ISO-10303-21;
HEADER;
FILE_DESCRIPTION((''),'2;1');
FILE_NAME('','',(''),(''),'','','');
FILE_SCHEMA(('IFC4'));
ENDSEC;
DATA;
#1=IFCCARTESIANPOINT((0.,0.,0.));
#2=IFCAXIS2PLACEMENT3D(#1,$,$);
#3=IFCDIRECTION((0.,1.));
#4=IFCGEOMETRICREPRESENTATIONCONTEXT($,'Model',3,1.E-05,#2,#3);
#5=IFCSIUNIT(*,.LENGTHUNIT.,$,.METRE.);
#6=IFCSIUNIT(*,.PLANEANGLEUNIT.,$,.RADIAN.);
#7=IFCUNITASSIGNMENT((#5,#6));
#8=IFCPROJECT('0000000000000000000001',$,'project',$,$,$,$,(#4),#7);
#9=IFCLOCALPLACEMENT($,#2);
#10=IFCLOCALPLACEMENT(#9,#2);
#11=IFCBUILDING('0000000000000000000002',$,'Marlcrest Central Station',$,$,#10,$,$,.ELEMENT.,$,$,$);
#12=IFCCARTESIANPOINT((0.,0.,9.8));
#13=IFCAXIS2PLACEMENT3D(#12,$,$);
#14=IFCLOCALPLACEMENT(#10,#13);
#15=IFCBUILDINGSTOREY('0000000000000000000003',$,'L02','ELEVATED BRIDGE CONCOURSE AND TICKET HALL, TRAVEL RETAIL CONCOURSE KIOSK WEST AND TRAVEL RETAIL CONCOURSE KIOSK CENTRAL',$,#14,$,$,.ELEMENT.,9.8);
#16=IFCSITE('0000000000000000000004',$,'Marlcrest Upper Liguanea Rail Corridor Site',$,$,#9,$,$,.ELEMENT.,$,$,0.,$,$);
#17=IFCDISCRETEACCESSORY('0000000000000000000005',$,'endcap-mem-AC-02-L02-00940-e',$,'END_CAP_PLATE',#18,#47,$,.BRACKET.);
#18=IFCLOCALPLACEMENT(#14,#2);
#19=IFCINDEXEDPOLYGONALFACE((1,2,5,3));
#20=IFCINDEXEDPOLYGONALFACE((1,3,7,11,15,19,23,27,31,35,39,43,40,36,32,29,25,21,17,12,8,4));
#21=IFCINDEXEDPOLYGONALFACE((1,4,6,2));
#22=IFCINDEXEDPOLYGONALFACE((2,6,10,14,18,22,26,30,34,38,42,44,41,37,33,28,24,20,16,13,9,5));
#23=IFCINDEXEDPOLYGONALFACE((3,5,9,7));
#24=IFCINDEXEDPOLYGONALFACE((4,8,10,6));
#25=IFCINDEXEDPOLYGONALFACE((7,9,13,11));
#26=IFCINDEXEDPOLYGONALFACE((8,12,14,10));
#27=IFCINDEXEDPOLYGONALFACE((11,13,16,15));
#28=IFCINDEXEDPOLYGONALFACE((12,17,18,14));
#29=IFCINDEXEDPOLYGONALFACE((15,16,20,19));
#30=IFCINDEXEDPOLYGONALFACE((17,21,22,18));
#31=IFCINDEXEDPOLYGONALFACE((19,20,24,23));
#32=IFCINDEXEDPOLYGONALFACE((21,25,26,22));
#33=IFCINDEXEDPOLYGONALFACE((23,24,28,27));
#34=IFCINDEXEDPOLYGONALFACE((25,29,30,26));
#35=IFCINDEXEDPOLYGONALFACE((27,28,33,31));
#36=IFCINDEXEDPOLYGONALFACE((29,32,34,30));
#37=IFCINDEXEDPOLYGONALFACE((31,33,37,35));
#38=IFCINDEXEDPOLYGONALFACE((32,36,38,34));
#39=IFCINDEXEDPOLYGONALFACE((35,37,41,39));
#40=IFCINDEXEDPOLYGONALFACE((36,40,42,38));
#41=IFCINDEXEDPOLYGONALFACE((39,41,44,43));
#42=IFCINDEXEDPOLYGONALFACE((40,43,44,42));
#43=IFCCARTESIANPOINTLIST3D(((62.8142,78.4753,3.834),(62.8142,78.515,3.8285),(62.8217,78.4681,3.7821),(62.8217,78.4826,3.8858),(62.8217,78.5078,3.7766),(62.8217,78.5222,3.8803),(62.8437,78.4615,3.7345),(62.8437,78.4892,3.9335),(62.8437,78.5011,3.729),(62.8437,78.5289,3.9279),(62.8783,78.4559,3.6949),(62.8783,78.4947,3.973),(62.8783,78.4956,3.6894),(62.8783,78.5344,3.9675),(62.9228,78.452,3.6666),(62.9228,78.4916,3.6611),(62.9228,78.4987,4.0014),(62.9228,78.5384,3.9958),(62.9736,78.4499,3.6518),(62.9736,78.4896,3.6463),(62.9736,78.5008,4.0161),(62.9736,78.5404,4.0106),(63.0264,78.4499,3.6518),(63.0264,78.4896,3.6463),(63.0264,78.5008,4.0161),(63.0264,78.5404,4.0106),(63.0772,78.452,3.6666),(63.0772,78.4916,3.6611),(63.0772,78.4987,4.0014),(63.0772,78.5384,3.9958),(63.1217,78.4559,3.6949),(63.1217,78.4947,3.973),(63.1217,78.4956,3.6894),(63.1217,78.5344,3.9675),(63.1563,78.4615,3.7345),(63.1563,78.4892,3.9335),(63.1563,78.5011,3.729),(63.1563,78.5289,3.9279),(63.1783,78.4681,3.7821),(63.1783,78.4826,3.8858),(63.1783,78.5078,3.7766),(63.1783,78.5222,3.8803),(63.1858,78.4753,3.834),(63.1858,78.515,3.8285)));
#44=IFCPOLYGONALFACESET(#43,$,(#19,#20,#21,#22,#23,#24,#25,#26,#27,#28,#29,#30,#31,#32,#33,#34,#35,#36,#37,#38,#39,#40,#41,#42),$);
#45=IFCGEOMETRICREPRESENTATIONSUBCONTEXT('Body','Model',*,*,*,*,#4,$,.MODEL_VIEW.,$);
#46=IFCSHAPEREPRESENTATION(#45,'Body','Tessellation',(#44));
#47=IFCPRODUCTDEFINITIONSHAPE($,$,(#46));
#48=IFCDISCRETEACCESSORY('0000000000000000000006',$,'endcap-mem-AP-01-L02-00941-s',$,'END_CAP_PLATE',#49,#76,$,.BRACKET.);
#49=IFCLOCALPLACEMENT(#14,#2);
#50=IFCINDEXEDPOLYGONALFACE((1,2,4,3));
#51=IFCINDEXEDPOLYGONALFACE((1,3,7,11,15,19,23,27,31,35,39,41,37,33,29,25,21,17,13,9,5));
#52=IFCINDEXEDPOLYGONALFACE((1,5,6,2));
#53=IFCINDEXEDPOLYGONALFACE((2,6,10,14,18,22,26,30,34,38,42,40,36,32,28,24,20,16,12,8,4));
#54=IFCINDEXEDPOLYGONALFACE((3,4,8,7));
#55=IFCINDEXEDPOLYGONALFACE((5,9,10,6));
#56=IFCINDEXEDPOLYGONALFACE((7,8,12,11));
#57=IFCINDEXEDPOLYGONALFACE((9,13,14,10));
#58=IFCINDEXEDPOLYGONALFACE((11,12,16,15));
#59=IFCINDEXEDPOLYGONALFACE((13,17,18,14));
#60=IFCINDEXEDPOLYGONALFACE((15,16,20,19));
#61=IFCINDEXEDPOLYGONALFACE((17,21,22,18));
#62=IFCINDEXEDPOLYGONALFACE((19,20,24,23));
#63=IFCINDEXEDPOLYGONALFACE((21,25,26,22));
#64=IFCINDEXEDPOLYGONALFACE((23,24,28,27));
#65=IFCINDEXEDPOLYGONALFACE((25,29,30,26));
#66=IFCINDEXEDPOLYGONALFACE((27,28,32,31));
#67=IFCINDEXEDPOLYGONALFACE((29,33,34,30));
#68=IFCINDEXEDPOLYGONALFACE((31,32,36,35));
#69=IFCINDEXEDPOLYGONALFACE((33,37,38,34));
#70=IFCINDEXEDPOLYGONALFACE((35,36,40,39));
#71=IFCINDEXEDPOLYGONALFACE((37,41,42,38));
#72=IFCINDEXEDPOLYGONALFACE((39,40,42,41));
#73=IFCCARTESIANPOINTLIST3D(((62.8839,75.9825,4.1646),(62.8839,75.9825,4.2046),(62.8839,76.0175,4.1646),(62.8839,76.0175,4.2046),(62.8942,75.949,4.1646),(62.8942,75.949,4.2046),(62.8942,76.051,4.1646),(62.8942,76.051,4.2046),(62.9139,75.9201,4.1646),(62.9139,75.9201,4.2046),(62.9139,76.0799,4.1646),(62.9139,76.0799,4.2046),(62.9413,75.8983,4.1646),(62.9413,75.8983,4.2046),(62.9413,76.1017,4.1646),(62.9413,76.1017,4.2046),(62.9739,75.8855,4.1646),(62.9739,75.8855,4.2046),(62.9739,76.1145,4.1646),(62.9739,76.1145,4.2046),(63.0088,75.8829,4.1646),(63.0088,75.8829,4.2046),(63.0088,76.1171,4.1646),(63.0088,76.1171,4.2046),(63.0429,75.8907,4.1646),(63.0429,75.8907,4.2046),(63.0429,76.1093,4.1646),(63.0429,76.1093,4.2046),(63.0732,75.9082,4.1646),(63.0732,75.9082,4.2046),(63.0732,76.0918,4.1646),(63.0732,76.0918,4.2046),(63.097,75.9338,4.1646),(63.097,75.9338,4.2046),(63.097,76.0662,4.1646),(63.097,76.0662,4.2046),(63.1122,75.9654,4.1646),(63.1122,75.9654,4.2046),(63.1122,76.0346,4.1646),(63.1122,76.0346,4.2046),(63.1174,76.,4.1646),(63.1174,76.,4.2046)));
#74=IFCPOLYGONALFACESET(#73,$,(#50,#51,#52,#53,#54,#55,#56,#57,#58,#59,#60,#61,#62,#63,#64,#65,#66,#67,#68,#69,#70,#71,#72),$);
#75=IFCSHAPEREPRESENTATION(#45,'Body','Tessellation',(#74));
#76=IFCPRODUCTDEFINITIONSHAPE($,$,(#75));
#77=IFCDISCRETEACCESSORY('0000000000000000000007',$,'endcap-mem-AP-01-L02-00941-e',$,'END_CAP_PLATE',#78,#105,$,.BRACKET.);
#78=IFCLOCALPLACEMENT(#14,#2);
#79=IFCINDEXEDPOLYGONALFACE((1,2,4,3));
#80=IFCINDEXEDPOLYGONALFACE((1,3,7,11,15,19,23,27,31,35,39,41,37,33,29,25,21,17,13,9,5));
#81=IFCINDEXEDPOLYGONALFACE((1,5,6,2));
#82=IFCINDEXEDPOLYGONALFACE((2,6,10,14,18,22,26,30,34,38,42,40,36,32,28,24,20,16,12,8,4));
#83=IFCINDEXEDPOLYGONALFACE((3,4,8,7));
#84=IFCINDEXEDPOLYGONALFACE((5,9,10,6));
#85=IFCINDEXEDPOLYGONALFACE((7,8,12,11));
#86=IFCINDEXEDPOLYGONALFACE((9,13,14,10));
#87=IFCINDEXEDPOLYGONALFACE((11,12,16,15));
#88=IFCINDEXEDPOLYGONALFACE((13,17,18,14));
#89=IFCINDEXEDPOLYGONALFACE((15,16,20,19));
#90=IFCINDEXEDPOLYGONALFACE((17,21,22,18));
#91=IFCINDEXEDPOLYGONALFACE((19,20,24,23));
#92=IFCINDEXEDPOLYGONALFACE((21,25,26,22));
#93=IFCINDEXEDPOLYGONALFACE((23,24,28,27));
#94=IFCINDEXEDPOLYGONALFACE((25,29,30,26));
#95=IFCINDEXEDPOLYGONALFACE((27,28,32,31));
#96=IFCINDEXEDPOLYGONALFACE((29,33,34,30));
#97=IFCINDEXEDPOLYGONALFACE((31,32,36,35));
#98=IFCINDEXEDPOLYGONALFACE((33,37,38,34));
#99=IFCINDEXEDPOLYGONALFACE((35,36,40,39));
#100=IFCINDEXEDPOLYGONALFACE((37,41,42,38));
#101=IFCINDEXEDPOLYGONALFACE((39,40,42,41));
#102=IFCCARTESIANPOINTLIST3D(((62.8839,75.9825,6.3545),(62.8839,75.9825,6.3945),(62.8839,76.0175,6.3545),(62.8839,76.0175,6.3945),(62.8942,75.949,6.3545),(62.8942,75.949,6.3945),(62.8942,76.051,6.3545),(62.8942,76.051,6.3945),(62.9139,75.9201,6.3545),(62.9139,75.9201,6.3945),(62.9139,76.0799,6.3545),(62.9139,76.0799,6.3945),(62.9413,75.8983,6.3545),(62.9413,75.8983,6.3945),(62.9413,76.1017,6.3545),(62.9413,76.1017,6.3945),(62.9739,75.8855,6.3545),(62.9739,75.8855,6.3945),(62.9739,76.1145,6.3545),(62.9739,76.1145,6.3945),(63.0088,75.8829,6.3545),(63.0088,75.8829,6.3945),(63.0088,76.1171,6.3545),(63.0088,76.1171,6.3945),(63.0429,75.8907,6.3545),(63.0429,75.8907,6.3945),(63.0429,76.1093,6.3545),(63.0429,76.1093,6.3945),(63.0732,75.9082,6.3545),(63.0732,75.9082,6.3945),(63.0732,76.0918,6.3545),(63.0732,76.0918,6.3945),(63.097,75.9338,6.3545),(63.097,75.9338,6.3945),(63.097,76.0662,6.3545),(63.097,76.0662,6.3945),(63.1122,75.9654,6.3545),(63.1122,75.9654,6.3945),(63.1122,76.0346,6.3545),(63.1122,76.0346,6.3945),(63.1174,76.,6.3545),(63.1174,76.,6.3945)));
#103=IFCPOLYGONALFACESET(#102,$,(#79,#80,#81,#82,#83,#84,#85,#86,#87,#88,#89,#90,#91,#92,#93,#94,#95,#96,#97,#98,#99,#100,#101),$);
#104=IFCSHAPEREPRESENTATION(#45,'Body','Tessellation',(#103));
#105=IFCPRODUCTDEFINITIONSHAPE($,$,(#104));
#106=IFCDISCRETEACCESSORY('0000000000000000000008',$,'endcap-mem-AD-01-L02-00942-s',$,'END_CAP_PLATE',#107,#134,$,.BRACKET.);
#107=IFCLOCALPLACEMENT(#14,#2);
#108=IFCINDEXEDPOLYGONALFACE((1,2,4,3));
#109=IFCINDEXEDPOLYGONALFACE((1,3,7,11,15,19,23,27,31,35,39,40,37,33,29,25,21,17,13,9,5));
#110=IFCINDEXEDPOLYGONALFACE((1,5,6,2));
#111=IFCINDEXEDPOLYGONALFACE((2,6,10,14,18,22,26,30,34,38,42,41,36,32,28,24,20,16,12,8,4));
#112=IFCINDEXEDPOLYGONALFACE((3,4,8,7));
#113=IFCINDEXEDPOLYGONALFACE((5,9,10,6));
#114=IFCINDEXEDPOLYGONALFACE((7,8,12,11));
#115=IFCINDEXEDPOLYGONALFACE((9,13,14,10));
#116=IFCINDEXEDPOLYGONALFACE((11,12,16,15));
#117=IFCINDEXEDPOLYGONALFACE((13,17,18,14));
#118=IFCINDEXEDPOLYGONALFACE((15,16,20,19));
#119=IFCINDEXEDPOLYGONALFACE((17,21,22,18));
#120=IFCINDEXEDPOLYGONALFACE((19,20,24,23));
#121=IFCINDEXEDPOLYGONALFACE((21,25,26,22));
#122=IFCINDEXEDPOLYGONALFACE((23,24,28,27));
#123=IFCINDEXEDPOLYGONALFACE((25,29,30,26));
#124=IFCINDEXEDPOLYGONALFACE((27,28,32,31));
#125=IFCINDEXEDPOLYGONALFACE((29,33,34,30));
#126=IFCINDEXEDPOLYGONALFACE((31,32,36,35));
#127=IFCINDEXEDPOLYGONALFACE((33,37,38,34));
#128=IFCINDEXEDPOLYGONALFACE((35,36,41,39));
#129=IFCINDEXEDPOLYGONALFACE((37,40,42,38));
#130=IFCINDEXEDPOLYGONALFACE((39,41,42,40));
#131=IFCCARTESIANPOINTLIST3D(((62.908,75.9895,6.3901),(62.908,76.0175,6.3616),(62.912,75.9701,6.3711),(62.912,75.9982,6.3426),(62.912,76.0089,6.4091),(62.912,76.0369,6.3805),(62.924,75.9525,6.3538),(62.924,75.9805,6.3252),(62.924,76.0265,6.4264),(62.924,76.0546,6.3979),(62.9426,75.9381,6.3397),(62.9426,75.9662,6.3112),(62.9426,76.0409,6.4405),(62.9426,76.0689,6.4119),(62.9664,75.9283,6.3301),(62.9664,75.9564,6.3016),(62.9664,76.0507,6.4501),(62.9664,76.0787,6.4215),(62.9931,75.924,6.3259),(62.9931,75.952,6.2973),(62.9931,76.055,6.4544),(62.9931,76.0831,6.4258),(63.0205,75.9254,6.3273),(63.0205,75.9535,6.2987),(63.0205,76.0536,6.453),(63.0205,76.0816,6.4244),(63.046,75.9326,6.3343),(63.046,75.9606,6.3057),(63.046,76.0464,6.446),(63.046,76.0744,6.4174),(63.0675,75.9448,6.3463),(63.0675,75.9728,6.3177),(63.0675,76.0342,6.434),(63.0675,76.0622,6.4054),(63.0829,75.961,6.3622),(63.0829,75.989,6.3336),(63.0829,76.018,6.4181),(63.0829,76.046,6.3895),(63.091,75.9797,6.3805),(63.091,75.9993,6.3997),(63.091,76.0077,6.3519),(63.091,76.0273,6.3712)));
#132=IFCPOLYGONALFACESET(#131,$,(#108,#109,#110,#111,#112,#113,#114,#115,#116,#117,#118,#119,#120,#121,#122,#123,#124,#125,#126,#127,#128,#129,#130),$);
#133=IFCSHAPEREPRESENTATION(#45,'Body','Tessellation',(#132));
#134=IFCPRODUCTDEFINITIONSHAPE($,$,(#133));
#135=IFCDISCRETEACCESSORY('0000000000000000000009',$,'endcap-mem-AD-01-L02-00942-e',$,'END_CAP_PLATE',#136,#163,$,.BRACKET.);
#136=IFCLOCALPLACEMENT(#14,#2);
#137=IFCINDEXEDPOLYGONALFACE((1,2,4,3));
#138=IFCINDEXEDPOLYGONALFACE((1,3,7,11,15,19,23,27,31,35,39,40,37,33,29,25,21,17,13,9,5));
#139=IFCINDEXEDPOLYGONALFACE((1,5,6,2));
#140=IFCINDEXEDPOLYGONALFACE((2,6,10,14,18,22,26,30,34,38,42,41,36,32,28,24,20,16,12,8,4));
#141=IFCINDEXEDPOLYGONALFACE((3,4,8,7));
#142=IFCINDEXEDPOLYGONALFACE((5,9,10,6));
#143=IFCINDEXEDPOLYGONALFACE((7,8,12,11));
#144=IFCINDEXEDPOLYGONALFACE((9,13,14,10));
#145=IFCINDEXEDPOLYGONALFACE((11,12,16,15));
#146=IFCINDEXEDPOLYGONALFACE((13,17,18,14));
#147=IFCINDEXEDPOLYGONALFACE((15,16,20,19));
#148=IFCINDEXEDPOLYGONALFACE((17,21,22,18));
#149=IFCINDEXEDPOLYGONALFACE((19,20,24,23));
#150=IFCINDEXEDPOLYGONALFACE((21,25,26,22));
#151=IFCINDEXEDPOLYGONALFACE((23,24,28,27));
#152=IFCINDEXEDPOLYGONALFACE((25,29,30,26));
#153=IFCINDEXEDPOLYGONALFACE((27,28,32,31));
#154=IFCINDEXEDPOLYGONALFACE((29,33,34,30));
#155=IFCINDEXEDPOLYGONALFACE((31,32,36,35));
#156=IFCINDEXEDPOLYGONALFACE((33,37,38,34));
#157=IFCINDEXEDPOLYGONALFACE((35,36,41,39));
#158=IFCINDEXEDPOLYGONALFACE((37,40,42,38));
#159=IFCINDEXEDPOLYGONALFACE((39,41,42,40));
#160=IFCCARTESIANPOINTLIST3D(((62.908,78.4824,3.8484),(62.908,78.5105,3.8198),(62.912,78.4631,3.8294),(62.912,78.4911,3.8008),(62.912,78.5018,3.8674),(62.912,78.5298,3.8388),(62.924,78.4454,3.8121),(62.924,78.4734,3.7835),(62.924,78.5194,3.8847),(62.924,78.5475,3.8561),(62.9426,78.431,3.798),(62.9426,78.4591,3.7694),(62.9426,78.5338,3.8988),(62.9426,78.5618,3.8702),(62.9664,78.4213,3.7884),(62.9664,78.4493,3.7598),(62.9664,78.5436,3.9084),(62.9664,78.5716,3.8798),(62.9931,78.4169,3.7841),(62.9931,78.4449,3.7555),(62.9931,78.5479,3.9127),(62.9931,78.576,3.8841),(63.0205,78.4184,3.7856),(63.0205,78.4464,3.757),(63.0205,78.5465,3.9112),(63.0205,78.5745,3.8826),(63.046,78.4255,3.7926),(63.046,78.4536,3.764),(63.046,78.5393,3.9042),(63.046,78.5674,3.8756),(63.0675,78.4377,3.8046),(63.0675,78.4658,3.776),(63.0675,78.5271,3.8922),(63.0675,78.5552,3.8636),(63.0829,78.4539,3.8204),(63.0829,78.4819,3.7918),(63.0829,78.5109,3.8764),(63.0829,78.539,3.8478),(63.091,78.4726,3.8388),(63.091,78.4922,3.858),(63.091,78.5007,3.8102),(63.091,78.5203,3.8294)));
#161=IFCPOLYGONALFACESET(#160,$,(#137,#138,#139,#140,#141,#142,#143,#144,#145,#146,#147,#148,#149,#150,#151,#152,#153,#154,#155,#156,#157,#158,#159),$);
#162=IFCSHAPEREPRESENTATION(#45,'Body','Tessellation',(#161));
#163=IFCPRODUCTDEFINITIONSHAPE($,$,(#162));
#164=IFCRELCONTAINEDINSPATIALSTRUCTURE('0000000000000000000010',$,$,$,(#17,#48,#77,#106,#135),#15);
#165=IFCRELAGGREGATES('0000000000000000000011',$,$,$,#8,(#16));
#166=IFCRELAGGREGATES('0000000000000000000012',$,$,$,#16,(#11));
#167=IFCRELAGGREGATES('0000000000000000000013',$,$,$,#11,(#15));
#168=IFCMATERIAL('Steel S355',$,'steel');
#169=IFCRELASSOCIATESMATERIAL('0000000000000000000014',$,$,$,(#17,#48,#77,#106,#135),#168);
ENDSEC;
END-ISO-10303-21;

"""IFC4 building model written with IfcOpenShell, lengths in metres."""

from ifc_helpers import new_model, si_unit, direction, frame, origin, origin_2d, place, context, subcontext, project, spatial, circle, extrude, material, element, save


model = new_model("IFC4")

# Units and contexts
model_context = context("Model", 3, precision=1e-05, world=origin(), true_north=direction((0.0, 1.0)))
body_context = subcontext(model_context, "Body", "Model", "MODEL_VIEW")
ifc_project = project(units=[si_unit("LENGTHUNIT", "METRE"), si_unit("PLANEANGLEUNIT", "RADIAN")], contexts=[model_context])

# Site, building, storey
site_placement = place(None, origin())
site = spatial("IfcSite", under=ifc_project, at=site_placement, Name="Marlcrest Upper Liguanea Rail Corridor Site", CompositionType="ELEMENT", RefElevation=0.0)
building_placement = place(site_placement, origin())
building = spatial("IfcBuilding", under=site, at=building_placement, Name="Marlcrest Central Station", CompositionType="ELEMENT")
storey_placement = place(building_placement, frame((0.0, 0.0, 9.8)))
storey = spatial("IfcBuildingStorey", under=building, at=storey_placement, Name="L02", Description="ELEVATED BRIDGE CONCOURSE AND TICKET HALL, TRAVEL RETAIL CONCOURSE KIOSK WEST AND TRAVEL RETAIL CONCOURSE KIOSK CENTRAL", CompositionType="ELEMENT", Elevation=9.8)

# Shared definitions
ifc_material = material(Name="Steel S355", Category="steel")

# Discrete accessories
for number, where, z_axis, x_axis, name in (
    (1, (63.0, 78.4753, 3.834), (0.0, 0.990403, -0.138211), (-1.0, 0.0, 0.0), "endcap-mem-AC-02-L02-00940-e"),
):
    element("IfcDiscreteAccessory", number, at=place(storey_placement, frame(where, z_axis=z_axis, x_axis=x_axis)), inside=storey, material=ifc_material, Name=name, ObjectType="END_CAP_PLATE", PredefinedType="BRACKET", context=body_context, shape_type="SweptSolid", body=[
        extrude(circle(Radius=0.1858, at=origin_2d()), origin(), (0.0, 0.0, 1.0), 0.04),
    ])
for number, where, z_axis, x_axis, name in (
    (2, (63.0, 76.0, 4.1646), (0.0, 0.0, 1.0), (1.0, 0.0, 0.0), "endcap-mem-AP-01-L02-00941-s"),
    (3, (63.0, 76.0, 6.3545), (0.0, 0.0, 1.0), (1.0, 0.0, 0.0), "endcap-mem-AP-01-L02-00941-e"),
):
    element("IfcDiscreteAccessory", number, at=place(storey_placement, frame(where, z_axis=z_axis, x_axis=x_axis)), inside=storey, material=ifc_material, Name=name, ObjectType="END_CAP_PLATE", PredefinedType="BRACKET", context=body_context, shape_type="SweptSolid", body=[
        extrude(circle(Radius=0.1174, at=origin_2d()), origin(), (0.0, 0.0, 1.0), 0.04),
    ])
for number, where, z_axis, x_axis, name in (
    (4, (63.0, 75.9895, 6.3901), (0.0, 0.700235, -0.713912), (-1.0, 0.0, 0.0), "endcap-mem-AD-01-L02-00942-s"),
    (5, (63.0, 78.4824, 3.8484), (0.0, 0.700235, -0.713912), (-1.0, 0.0, 0.0), "endcap-mem-AD-01-L02-00942-e"),
):
    element("IfcDiscreteAccessory", number, at=place(storey_placement, frame(where, z_axis=z_axis, x_axis=x_axis)), inside=storey, material=ifc_material, Name=name, ObjectType="END_CAP_PLATE", PredefinedType="BRACKET", context=body_context, shape_type="SweptSolid", body=[
        extrude(circle(Radius=0.092, at=origin_2d()), origin(), (0.0, 0.0, 1.0), 0.04),
    ])

save(model, "model.ifc")
